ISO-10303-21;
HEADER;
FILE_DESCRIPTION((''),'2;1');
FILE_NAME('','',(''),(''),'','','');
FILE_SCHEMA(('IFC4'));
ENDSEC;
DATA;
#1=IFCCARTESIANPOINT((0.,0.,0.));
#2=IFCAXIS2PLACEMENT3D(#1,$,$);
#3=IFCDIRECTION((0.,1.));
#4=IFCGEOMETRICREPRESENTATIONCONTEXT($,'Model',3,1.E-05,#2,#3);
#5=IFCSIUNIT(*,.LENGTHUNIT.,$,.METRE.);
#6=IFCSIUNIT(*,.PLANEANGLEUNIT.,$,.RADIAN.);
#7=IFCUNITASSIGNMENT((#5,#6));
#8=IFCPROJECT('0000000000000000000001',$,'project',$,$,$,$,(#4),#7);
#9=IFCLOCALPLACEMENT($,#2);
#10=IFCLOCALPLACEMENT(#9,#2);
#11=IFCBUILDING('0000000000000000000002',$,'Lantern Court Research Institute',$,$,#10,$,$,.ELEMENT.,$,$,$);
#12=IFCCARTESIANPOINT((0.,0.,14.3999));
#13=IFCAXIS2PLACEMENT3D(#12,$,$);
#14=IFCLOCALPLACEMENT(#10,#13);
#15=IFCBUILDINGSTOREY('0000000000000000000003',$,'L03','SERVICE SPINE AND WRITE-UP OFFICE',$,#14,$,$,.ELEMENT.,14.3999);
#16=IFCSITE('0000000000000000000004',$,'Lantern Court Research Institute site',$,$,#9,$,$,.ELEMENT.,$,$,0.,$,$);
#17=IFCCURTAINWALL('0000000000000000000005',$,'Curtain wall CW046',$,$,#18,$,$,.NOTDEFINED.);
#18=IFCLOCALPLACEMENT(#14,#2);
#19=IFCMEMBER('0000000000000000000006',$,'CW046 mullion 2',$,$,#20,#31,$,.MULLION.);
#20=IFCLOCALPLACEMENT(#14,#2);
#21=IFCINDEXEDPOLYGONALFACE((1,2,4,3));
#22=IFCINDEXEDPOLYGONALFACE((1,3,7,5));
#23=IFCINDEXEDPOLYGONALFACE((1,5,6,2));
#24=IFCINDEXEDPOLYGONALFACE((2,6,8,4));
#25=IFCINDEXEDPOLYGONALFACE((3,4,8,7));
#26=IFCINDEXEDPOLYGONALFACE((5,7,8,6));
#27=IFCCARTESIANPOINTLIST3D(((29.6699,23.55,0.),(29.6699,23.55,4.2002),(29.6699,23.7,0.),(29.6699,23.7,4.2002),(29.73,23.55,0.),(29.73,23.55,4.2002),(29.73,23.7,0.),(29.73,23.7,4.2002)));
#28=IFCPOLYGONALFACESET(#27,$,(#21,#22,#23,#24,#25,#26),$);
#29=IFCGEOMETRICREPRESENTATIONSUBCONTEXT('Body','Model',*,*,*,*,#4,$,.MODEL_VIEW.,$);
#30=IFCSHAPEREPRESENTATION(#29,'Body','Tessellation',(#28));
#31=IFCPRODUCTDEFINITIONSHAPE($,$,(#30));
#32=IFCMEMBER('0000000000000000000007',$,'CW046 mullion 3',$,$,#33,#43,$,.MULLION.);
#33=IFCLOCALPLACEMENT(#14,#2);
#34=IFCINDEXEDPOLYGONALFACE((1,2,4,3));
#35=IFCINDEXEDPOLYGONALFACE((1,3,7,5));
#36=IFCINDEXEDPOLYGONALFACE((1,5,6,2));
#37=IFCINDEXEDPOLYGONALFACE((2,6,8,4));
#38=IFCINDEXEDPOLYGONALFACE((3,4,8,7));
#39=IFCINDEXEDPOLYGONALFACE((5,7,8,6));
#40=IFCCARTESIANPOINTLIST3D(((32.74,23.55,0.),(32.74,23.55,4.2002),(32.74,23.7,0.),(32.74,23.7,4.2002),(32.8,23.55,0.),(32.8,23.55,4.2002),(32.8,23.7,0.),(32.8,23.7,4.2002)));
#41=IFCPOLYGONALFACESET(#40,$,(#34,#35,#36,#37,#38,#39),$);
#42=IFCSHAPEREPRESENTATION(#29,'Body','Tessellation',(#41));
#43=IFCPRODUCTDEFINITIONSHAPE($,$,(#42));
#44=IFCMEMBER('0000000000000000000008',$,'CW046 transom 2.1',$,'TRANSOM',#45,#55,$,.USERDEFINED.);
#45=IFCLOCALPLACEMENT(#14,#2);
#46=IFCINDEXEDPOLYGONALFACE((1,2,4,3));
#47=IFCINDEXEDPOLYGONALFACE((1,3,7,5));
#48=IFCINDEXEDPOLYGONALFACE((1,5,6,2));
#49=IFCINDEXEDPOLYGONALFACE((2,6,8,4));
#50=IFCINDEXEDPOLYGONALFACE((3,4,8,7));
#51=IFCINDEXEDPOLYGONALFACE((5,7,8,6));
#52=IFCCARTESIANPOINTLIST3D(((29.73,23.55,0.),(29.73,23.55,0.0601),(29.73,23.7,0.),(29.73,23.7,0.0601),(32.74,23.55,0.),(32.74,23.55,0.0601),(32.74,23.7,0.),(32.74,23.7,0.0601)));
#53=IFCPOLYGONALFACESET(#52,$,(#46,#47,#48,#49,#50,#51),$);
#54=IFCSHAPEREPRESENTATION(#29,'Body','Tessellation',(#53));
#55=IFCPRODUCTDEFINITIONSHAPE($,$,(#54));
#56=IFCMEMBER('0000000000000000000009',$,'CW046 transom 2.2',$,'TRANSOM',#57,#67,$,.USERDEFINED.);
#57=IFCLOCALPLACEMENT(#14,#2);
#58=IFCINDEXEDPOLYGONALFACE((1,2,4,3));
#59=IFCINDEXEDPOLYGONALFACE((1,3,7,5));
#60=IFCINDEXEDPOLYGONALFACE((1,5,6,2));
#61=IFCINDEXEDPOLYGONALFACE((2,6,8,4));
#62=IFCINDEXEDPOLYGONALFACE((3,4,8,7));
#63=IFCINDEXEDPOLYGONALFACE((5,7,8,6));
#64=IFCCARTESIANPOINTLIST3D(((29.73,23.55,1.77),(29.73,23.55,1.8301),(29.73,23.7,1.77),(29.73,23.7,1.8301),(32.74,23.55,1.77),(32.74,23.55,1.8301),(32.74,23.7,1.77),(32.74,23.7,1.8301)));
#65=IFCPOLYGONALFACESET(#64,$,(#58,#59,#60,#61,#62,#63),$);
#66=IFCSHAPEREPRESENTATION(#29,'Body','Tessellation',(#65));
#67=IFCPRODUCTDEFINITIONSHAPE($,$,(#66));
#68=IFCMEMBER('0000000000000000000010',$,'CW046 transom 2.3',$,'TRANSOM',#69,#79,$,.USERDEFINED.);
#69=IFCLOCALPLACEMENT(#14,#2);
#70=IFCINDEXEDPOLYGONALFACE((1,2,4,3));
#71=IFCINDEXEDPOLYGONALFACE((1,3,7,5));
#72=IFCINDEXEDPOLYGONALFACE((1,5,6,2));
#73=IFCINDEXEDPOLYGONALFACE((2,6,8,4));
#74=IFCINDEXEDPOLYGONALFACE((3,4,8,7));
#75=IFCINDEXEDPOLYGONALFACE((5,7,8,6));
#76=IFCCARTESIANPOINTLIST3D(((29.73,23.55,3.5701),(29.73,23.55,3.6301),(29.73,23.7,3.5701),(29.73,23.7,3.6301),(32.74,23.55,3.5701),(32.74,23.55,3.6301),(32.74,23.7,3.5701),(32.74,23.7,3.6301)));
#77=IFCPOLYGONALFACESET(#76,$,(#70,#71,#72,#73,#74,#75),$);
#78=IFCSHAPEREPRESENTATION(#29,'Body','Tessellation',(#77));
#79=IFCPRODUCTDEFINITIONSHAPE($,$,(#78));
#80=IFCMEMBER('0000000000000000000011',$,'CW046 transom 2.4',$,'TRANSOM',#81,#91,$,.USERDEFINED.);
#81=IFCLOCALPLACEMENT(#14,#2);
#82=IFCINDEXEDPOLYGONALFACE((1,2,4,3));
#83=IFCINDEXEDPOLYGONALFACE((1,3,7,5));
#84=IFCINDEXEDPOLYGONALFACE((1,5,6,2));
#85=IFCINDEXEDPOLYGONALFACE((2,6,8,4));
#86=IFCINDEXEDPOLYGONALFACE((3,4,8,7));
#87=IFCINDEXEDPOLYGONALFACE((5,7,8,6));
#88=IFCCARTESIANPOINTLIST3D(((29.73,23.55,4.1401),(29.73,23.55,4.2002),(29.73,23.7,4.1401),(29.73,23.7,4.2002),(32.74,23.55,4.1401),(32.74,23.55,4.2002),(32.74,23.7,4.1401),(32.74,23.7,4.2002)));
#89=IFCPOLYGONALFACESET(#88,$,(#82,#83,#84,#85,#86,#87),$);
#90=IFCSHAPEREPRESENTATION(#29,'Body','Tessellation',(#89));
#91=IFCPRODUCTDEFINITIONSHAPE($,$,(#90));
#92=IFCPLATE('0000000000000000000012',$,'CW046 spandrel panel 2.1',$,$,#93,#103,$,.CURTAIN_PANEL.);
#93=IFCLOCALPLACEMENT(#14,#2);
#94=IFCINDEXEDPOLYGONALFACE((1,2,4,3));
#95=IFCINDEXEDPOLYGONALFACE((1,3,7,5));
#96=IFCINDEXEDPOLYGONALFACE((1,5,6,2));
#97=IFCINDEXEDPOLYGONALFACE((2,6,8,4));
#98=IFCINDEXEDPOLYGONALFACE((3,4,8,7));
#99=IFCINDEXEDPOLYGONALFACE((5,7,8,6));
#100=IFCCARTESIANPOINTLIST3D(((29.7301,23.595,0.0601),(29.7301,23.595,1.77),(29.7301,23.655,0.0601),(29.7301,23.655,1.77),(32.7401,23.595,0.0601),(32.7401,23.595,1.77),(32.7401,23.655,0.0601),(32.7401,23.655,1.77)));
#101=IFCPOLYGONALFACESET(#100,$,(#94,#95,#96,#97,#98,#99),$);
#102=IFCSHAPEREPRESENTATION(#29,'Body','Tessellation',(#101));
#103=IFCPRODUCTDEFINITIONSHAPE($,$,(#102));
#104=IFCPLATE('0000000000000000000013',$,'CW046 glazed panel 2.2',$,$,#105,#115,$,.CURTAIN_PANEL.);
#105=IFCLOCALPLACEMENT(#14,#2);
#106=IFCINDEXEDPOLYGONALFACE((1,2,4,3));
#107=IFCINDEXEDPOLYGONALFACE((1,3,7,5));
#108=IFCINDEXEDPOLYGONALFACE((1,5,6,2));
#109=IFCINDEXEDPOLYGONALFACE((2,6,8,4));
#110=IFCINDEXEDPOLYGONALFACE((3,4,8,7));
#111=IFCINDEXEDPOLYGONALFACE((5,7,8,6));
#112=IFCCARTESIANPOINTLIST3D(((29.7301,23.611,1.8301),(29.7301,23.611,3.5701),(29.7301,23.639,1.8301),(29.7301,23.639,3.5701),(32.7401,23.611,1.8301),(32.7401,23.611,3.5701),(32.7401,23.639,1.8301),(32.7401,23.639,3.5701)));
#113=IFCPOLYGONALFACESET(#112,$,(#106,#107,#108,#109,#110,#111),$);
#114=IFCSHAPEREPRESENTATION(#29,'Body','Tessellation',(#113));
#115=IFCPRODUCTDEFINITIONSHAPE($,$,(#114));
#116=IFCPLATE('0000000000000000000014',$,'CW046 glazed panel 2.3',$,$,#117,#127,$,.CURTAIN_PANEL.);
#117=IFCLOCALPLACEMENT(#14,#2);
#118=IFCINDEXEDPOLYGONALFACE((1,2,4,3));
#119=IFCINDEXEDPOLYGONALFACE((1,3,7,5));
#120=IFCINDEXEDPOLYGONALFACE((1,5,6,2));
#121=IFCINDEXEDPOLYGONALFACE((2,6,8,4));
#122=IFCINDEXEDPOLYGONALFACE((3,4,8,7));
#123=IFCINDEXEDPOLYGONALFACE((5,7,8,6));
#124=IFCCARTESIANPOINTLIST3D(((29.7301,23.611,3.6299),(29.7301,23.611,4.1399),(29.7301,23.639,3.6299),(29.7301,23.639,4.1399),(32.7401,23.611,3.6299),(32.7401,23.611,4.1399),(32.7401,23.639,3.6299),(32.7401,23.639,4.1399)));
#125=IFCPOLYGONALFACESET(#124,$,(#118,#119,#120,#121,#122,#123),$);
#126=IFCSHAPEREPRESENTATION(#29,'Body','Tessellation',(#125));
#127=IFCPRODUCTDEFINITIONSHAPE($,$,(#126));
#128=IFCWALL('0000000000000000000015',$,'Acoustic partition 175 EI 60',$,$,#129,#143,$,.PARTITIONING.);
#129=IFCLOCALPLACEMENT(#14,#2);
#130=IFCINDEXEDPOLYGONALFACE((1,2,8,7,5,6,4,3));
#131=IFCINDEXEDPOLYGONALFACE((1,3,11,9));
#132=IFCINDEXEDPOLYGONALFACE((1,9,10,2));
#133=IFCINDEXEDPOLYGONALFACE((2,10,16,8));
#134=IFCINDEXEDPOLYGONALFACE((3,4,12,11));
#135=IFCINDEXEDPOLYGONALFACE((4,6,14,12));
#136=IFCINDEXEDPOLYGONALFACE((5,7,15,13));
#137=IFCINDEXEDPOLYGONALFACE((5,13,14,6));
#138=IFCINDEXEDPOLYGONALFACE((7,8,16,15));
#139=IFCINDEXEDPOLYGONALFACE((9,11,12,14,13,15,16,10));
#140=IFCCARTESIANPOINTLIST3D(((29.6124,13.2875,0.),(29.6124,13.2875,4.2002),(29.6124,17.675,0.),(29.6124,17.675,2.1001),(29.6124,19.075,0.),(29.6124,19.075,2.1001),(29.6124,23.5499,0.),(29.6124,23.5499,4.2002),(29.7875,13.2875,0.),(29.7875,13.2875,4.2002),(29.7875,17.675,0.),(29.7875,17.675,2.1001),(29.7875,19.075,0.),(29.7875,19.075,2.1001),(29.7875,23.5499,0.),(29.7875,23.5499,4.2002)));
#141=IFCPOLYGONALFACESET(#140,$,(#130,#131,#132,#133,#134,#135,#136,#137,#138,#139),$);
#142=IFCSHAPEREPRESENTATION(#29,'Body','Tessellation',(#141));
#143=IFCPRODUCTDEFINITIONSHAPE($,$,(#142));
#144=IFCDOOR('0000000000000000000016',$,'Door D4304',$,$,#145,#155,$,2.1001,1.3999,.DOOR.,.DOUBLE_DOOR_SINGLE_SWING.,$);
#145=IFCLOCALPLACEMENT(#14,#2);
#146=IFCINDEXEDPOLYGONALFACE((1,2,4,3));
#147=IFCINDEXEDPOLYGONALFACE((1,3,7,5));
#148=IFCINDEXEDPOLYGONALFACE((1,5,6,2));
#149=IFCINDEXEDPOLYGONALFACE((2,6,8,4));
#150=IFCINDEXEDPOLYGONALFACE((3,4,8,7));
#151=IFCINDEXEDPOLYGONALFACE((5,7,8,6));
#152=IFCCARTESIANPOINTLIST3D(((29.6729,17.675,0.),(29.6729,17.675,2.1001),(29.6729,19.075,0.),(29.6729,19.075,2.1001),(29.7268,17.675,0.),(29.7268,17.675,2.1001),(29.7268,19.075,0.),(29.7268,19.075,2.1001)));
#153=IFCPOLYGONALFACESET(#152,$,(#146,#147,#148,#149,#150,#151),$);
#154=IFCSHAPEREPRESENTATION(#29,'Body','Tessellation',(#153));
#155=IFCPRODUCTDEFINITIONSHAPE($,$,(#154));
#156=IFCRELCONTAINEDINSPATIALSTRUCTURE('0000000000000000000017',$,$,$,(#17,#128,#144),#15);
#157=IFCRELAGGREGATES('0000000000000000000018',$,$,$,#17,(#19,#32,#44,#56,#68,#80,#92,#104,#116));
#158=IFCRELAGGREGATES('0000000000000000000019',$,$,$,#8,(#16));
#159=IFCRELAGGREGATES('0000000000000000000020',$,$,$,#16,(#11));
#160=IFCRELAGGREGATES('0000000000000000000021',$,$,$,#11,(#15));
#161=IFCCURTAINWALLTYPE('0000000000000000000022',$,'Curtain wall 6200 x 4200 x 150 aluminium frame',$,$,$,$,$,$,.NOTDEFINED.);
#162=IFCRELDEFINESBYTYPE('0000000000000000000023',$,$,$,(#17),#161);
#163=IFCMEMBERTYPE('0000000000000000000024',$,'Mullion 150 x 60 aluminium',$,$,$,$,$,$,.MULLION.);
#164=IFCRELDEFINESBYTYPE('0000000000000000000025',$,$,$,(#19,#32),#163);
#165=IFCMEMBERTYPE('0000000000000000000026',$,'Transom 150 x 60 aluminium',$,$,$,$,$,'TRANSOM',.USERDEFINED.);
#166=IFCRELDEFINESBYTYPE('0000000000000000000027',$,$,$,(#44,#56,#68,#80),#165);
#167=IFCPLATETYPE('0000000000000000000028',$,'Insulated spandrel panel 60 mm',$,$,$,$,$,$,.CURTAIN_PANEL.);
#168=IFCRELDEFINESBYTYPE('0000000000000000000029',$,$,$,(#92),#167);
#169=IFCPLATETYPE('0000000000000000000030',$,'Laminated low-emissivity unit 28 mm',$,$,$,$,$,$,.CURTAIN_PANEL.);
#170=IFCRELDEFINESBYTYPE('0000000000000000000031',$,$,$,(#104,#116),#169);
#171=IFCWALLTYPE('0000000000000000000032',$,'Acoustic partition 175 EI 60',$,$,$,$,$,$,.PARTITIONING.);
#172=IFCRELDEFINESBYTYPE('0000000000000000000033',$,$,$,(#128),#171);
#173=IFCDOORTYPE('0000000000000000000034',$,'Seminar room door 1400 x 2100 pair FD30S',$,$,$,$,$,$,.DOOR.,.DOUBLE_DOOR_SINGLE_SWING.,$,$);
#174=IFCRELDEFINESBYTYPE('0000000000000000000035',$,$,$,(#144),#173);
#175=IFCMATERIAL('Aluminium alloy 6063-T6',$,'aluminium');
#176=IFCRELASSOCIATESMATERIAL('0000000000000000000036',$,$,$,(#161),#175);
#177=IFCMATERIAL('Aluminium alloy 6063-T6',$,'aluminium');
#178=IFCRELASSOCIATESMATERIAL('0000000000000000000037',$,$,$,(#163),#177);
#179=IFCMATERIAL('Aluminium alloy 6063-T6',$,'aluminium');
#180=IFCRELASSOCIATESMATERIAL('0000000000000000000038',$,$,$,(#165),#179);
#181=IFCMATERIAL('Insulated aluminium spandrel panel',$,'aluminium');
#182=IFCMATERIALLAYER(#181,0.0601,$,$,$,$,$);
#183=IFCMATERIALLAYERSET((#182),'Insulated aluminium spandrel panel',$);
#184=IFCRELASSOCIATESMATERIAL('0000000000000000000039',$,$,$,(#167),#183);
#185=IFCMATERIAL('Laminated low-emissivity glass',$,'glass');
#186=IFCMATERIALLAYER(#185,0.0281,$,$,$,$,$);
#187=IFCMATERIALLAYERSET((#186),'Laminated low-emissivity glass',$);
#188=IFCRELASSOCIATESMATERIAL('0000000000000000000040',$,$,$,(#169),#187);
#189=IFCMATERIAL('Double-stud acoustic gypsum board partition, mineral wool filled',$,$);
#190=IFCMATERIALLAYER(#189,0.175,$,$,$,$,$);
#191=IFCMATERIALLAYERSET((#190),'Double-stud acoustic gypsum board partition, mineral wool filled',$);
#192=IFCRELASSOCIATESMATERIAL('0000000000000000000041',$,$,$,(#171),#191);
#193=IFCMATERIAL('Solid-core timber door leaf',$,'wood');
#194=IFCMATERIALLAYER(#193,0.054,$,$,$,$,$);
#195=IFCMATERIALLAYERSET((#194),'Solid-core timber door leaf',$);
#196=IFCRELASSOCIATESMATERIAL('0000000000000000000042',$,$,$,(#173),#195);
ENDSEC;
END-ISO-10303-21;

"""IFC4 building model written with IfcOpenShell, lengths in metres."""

from ifc_helpers import new_model, si_unit, direction, frame, frame_2d, origin, origin_2d, place, context, subcontext, project, spatial, rectangle, extrude, material, layer, layer_set, material_profile, profile_set, type_object, element, fill, aggregate, save


model = new_model("IFC4")

# Units and contexts
model_context = context("Model", 3, precision=1e-05, world=origin(), true_north=direction((0.0, 1.0)))
body_context = subcontext(model_context, "Body", "Model", "MODEL_VIEW")
ifc_project = project(units=[si_unit("LENGTHUNIT", "METRE"), si_unit("PLANEANGLEUNIT", "RADIAN")], contexts=[model_context])

# Site, building, storey
site_placement = place(None, origin())
site = spatial("IfcSite", under=ifc_project, at=site_placement, Name="Lantern Court Research Institute site", CompositionType="ELEMENT", RefElevation=0.0)
building_placement = place(site_placement, origin())
building = spatial("IfcBuilding", under=site, at=building_placement, Name="Lantern Court Research Institute", CompositionType="ELEMENT")
storey_placement = place(building_placement, frame((0.0, 0.0, 14.3999)))
storey = spatial("IfcBuildingStorey", under=building, at=storey_placement, Name="L03", Description="SERVICE SPINE AND WRITE-UP OFFICE", CompositionType="ELEMENT", Elevation=14.3999)

# Curtain wall, members, plates
ifc_material_1 = material(Name="Aluminium alloy 6063-T6", Category="aluminium")
curtain_wall_type = type_object("IfcCurtainWallType", Name="Curtain wall 6200 x 4200 x 150 aluminium frame", PredefinedType="NOTDEFINED", material=ifc_material_1)
curtain_wall_placement = place(storey_placement, origin())
curtain_wall = element("IfcCurtainWall", 1, at=curtain_wall_placement, inside=storey, type_object=curtain_wall_type, Name="Curtain wall CW046", PredefinedType="NOTDEFINED")
ifc_material_2 = material(Name="Aluminium alloy 6063-T6", Category="aluminium")
ifc_material_profile_1 = material_profile(ifc_material_2, rectangle(XDim=0.1499, YDim=0.0601, at=origin_2d()), Name="Mullion 150 x 60")
ifc_profile_set_1 = profile_set([ifc_material_profile_1], Name="Aluminium alloy 6063-T6")
member_type_1 = type_object("IfcMemberType", Name="Mullion 150 x 60 aluminium", PredefinedType="MULLION", material=ifc_profile_set_1)
member_1_placement = place(storey_placement, frame((29.7, 23.625, 0.0), z_axis=(0.0, 0.0, 1.0), x_axis=(0.0, 1.0, 0.0)))
member_1 = element("IfcMember", 2, at=member_1_placement, type_object=member_type_1, Name="CW046 mullion 2", PredefinedType="MULLION", context=body_context, shape_type="SweptSolid", body=[
    extrude(rectangle(XDim=0.1499, YDim=0.0601, at=origin_2d()), origin(), (0.0, 0.0, 1.0), 4.2002),
])
member_2_placement = place(storey_placement, frame((32.77, 23.625, 0.0), z_axis=(0.0, 0.0, 1.0), x_axis=(0.0, 1.0, 0.0)))
member_2 = element("IfcMember", 3, at=member_2_placement, type_object=member_type_1, Name="CW046 mullion 3", PredefinedType="MULLION", context=body_context, shape_type="SweptSolid", body=[
    extrude(rectangle(XDim=0.1499, YDim=0.0601, at=origin_2d()), origin(), (0.0, 0.0, 1.0), 4.2002),
])
ifc_material_3 = material(Name="Aluminium alloy 6063-T6", Category="aluminium")
ifc_material_profile_2 = material_profile(ifc_material_3, rectangle(XDim=0.1499, YDim=0.0601, at=origin_2d()), Name="Transom 150 x 60")
ifc_profile_set_2 = profile_set([ifc_material_profile_2], Name="Aluminium alloy 6063-T6")
member_type_2 = type_object("IfcMemberType", Name="Transom 150 x 60 aluminium", ElementType="TRANSOM", PredefinedType="USERDEFINED", material=ifc_profile_set_2)
member_3_placement = place(storey_placement, frame((29.73, 23.625, 0.03), z_axis=(1.0, 0.0, 0.0), x_axis=(0.0, 1.0, 0.0)))
member_3 = element("IfcMember", 4, at=member_3_placement, type_object=member_type_2, Name="CW046 transom 2.1", ObjectType="TRANSOM", PredefinedType="USERDEFINED", context=body_context, shape_type="SweptSolid", body=[
    extrude(rectangle(XDim=0.1499, YDim=0.0601, at=origin_2d()), origin(), (0.0, 0.0, 1.0), 3.01),
])
member_4_placement = place(storey_placement, frame((29.73, 23.625, 1.8), z_axis=(1.0, 0.0, 0.0), x_axis=(0.0, 1.0, 0.0)))
member_4 = element("IfcMember", 5, at=member_4_placement, type_object=member_type_2, Name="CW046 transom 2.2", ObjectType="TRANSOM", PredefinedType="USERDEFINED", context=body_context, shape_type="SweptSolid", body=[
    extrude(rectangle(XDim=0.1499, YDim=0.0601, at=origin_2d()), origin(), (0.0, 0.0, 1.0), 3.01),
])
member_5_placement = place(storey_placement, frame((29.73, 23.625, 3.6001), z_axis=(1.0, 0.0, 0.0), x_axis=(0.0, 1.0, 0.0)))
member_5 = element("IfcMember", 6, at=member_5_placement, type_object=member_type_2, Name="CW046 transom 2.3", ObjectType="TRANSOM", PredefinedType="USERDEFINED", context=body_context, shape_type="SweptSolid", body=[
    extrude(rectangle(XDim=0.1499, YDim=0.0601, at=origin_2d()), origin(), (0.0, 0.0, 1.0), 3.01),
])
member_6_placement = place(storey_placement, frame((29.73, 23.625, 4.1702), z_axis=(1.0, 0.0, 0.0), x_axis=(0.0, 1.0, 0.0)))
member_6 = element("IfcMember", 7, at=member_6_placement, type_object=member_type_2, Name="CW046 transom 2.4", ObjectType="TRANSOM", PredefinedType="USERDEFINED", context=body_context, shape_type="SweptSolid", body=[
    extrude(rectangle(XDim=0.1499, YDim=0.0601, at=origin_2d()), origin(), (0.0, 0.0, 1.0), 3.01),
])
ifc_material_4 = material(Name="Insulated aluminium spandrel panel", Category="aluminium")
ifc_layer_1 = layer(ifc_material_4, 0.0601)
ifc_layer_set_1 = layer_set([ifc_layer_1], Name="Insulated aluminium spandrel panel")
plate_type_1 = type_object("IfcPlateType", Name="Insulated spandrel panel 60 mm", PredefinedType="CURTAIN_PANEL", material=ifc_layer_set_1)
plate_1_placement = place(storey_placement, frame((31.2351, 23.625, 0.0601), z_axis=(0.0, 0.0, 1.0), x_axis=(1.0, 0.0, 0.0)))
plate_1 = element("IfcPlate", 8, at=plate_1_placement, type_object=plate_type_1, Name="CW046 spandrel panel 2.1", PredefinedType="CURTAIN_PANEL", context=body_context, shape_type="SweptSolid", body=[
    extrude(rectangle(XDim=3.01, YDim=0.0601, at=origin_2d()), origin(), (0.0, 0.0, 1.0), 1.71),
])
ifc_material_5 = material(Name="Laminated low-emissivity glass", Category="glass")
ifc_layer_2 = layer(ifc_material_5, 0.0281)
ifc_layer_set_2 = layer_set([ifc_layer_2], Name="Laminated low-emissivity glass")
plate_type_2 = type_object("IfcPlateType", Name="Laminated low-emissivity unit 28 mm", PredefinedType="CURTAIN_PANEL", material=ifc_layer_set_2)
plate_2_placement = place(storey_placement, frame((31.2351, 23.625, 1.8301), z_axis=(0.0, 0.0, 1.0), x_axis=(1.0, 0.0, 0.0)))
plate_2 = element("IfcPlate", 9, at=plate_2_placement, type_object=plate_type_2, Name="CW046 glazed panel 2.2", PredefinedType="CURTAIN_PANEL", context=body_context, shape_type="SweptSolid", body=[
    extrude(rectangle(XDim=3.01, YDim=0.0281, at=origin_2d()), origin(), (0.0, 0.0, 1.0), 1.74),
])
plate_3_placement = place(storey_placement, frame((31.2351, 23.625, 3.6299), z_axis=(0.0, 0.0, 1.0), x_axis=(1.0, 0.0, 0.0)))
plate_3 = element("IfcPlate", 10, at=plate_3_placement, type_object=plate_type_2, Name="CW046 glazed panel 2.3", PredefinedType="CURTAIN_PANEL", context=body_context, shape_type="SweptSolid", body=[
    extrude(rectangle(XDim=3.01, YDim=0.0281, at=origin_2d()), origin(), (0.0, 0.0, 1.0), 0.51),
])
aggregate(curtain_wall, [member_1, member_2, member_3, member_4, member_5, member_6, plate_1, plate_2, plate_3])

# Wall, opening, door
ifc_material_6 = material(Name="Double-stud acoustic gypsum board partition, mineral wool filled")
ifc_layer_3 = layer(ifc_material_6, 0.175)
ifc_layer_set_3 = layer_set([ifc_layer_3], Name="Double-stud acoustic gypsum board partition, mineral wool filled")
wall_type = type_object("IfcWallType", Name="Acoustic partition 175 EI 60", PredefinedType="PARTITIONING", material=ifc_layer_set_3)
wall_placement = place(storey_placement, frame((29.7, 23.55, 0.0), z_axis=(0.0, 0.0, 1.0), x_axis=(0.0, -1.0, 0.0)))
wall = element("IfcWall", 11, at=wall_placement, inside=storey, type_object=wall_type, Name="Acoustic partition 175 EI 60", PredefinedType="PARTITIONING", context=body_context, shape_type="SweptSolid", body=[
    extrude(rectangle(XDim=10.2625, YDim=0.175, at=frame_2d((5.1313, 0.0))), origin(), (0.0, 0.0, 1.0), 4.2002),
])
opening_placement = place(wall_placement, frame((4.4751, 0.0, 0.0)))
opening = element("IfcOpeningElement", 12, at=opening_placement, cuts=wall, PredefinedType="OPENING", context=body_context, shape_type="SweptSolid", body=[
    extrude(rectangle(XDim=1.3999, YDim=2.1001, at=frame_2d((0.7, 1.05))), frame((0.0, 0.0974, 0.0), z_axis=(0.0, -1.0, 0.0), x_axis=(1.0, 0.0, 0.0)), (0.0, 0.0, 1.0), 0.1951),
])
ifc_material_7 = material(Name="Solid-core timber door leaf", Category="wood")
ifc_layer_4 = layer(ifc_material_7, 0.054)
ifc_layer_set_4 = layer_set([ifc_layer_4], Name="Solid-core timber door leaf")
door_type = type_object("IfcDoorType", Name="Seminar room door 1400 x 2100 pair FD30S", OperationType="DOUBLE_DOOR_SINGLE_SWING", PredefinedType="DOOR", material=ifc_layer_set_4)
door_placement = place(opening_placement, origin())
door = element("IfcDoor", 13, at=door_placement, inside=storey, type_object=door_type, Name="Door D4304", OperationType="DOUBLE_DOOR_SINGLE_SWING", OverallHeight=2.1001, OverallWidth=1.3999, PredefinedType="DOOR", context=body_context, shape_type="SweptSolid", body=[
    extrude(rectangle(XDim=1.3999, YDim=2.1001, at=frame_2d((0.7, 1.05))), frame((0.0, 0.0269, 0.0), z_axis=(0.0, -1.0, 0.0), x_axis=(1.0, 0.0, 0.0)), (0.0, 0.0, 1.0), 0.054),
])
fill(opening, door)

save(model, "model.ifc")
